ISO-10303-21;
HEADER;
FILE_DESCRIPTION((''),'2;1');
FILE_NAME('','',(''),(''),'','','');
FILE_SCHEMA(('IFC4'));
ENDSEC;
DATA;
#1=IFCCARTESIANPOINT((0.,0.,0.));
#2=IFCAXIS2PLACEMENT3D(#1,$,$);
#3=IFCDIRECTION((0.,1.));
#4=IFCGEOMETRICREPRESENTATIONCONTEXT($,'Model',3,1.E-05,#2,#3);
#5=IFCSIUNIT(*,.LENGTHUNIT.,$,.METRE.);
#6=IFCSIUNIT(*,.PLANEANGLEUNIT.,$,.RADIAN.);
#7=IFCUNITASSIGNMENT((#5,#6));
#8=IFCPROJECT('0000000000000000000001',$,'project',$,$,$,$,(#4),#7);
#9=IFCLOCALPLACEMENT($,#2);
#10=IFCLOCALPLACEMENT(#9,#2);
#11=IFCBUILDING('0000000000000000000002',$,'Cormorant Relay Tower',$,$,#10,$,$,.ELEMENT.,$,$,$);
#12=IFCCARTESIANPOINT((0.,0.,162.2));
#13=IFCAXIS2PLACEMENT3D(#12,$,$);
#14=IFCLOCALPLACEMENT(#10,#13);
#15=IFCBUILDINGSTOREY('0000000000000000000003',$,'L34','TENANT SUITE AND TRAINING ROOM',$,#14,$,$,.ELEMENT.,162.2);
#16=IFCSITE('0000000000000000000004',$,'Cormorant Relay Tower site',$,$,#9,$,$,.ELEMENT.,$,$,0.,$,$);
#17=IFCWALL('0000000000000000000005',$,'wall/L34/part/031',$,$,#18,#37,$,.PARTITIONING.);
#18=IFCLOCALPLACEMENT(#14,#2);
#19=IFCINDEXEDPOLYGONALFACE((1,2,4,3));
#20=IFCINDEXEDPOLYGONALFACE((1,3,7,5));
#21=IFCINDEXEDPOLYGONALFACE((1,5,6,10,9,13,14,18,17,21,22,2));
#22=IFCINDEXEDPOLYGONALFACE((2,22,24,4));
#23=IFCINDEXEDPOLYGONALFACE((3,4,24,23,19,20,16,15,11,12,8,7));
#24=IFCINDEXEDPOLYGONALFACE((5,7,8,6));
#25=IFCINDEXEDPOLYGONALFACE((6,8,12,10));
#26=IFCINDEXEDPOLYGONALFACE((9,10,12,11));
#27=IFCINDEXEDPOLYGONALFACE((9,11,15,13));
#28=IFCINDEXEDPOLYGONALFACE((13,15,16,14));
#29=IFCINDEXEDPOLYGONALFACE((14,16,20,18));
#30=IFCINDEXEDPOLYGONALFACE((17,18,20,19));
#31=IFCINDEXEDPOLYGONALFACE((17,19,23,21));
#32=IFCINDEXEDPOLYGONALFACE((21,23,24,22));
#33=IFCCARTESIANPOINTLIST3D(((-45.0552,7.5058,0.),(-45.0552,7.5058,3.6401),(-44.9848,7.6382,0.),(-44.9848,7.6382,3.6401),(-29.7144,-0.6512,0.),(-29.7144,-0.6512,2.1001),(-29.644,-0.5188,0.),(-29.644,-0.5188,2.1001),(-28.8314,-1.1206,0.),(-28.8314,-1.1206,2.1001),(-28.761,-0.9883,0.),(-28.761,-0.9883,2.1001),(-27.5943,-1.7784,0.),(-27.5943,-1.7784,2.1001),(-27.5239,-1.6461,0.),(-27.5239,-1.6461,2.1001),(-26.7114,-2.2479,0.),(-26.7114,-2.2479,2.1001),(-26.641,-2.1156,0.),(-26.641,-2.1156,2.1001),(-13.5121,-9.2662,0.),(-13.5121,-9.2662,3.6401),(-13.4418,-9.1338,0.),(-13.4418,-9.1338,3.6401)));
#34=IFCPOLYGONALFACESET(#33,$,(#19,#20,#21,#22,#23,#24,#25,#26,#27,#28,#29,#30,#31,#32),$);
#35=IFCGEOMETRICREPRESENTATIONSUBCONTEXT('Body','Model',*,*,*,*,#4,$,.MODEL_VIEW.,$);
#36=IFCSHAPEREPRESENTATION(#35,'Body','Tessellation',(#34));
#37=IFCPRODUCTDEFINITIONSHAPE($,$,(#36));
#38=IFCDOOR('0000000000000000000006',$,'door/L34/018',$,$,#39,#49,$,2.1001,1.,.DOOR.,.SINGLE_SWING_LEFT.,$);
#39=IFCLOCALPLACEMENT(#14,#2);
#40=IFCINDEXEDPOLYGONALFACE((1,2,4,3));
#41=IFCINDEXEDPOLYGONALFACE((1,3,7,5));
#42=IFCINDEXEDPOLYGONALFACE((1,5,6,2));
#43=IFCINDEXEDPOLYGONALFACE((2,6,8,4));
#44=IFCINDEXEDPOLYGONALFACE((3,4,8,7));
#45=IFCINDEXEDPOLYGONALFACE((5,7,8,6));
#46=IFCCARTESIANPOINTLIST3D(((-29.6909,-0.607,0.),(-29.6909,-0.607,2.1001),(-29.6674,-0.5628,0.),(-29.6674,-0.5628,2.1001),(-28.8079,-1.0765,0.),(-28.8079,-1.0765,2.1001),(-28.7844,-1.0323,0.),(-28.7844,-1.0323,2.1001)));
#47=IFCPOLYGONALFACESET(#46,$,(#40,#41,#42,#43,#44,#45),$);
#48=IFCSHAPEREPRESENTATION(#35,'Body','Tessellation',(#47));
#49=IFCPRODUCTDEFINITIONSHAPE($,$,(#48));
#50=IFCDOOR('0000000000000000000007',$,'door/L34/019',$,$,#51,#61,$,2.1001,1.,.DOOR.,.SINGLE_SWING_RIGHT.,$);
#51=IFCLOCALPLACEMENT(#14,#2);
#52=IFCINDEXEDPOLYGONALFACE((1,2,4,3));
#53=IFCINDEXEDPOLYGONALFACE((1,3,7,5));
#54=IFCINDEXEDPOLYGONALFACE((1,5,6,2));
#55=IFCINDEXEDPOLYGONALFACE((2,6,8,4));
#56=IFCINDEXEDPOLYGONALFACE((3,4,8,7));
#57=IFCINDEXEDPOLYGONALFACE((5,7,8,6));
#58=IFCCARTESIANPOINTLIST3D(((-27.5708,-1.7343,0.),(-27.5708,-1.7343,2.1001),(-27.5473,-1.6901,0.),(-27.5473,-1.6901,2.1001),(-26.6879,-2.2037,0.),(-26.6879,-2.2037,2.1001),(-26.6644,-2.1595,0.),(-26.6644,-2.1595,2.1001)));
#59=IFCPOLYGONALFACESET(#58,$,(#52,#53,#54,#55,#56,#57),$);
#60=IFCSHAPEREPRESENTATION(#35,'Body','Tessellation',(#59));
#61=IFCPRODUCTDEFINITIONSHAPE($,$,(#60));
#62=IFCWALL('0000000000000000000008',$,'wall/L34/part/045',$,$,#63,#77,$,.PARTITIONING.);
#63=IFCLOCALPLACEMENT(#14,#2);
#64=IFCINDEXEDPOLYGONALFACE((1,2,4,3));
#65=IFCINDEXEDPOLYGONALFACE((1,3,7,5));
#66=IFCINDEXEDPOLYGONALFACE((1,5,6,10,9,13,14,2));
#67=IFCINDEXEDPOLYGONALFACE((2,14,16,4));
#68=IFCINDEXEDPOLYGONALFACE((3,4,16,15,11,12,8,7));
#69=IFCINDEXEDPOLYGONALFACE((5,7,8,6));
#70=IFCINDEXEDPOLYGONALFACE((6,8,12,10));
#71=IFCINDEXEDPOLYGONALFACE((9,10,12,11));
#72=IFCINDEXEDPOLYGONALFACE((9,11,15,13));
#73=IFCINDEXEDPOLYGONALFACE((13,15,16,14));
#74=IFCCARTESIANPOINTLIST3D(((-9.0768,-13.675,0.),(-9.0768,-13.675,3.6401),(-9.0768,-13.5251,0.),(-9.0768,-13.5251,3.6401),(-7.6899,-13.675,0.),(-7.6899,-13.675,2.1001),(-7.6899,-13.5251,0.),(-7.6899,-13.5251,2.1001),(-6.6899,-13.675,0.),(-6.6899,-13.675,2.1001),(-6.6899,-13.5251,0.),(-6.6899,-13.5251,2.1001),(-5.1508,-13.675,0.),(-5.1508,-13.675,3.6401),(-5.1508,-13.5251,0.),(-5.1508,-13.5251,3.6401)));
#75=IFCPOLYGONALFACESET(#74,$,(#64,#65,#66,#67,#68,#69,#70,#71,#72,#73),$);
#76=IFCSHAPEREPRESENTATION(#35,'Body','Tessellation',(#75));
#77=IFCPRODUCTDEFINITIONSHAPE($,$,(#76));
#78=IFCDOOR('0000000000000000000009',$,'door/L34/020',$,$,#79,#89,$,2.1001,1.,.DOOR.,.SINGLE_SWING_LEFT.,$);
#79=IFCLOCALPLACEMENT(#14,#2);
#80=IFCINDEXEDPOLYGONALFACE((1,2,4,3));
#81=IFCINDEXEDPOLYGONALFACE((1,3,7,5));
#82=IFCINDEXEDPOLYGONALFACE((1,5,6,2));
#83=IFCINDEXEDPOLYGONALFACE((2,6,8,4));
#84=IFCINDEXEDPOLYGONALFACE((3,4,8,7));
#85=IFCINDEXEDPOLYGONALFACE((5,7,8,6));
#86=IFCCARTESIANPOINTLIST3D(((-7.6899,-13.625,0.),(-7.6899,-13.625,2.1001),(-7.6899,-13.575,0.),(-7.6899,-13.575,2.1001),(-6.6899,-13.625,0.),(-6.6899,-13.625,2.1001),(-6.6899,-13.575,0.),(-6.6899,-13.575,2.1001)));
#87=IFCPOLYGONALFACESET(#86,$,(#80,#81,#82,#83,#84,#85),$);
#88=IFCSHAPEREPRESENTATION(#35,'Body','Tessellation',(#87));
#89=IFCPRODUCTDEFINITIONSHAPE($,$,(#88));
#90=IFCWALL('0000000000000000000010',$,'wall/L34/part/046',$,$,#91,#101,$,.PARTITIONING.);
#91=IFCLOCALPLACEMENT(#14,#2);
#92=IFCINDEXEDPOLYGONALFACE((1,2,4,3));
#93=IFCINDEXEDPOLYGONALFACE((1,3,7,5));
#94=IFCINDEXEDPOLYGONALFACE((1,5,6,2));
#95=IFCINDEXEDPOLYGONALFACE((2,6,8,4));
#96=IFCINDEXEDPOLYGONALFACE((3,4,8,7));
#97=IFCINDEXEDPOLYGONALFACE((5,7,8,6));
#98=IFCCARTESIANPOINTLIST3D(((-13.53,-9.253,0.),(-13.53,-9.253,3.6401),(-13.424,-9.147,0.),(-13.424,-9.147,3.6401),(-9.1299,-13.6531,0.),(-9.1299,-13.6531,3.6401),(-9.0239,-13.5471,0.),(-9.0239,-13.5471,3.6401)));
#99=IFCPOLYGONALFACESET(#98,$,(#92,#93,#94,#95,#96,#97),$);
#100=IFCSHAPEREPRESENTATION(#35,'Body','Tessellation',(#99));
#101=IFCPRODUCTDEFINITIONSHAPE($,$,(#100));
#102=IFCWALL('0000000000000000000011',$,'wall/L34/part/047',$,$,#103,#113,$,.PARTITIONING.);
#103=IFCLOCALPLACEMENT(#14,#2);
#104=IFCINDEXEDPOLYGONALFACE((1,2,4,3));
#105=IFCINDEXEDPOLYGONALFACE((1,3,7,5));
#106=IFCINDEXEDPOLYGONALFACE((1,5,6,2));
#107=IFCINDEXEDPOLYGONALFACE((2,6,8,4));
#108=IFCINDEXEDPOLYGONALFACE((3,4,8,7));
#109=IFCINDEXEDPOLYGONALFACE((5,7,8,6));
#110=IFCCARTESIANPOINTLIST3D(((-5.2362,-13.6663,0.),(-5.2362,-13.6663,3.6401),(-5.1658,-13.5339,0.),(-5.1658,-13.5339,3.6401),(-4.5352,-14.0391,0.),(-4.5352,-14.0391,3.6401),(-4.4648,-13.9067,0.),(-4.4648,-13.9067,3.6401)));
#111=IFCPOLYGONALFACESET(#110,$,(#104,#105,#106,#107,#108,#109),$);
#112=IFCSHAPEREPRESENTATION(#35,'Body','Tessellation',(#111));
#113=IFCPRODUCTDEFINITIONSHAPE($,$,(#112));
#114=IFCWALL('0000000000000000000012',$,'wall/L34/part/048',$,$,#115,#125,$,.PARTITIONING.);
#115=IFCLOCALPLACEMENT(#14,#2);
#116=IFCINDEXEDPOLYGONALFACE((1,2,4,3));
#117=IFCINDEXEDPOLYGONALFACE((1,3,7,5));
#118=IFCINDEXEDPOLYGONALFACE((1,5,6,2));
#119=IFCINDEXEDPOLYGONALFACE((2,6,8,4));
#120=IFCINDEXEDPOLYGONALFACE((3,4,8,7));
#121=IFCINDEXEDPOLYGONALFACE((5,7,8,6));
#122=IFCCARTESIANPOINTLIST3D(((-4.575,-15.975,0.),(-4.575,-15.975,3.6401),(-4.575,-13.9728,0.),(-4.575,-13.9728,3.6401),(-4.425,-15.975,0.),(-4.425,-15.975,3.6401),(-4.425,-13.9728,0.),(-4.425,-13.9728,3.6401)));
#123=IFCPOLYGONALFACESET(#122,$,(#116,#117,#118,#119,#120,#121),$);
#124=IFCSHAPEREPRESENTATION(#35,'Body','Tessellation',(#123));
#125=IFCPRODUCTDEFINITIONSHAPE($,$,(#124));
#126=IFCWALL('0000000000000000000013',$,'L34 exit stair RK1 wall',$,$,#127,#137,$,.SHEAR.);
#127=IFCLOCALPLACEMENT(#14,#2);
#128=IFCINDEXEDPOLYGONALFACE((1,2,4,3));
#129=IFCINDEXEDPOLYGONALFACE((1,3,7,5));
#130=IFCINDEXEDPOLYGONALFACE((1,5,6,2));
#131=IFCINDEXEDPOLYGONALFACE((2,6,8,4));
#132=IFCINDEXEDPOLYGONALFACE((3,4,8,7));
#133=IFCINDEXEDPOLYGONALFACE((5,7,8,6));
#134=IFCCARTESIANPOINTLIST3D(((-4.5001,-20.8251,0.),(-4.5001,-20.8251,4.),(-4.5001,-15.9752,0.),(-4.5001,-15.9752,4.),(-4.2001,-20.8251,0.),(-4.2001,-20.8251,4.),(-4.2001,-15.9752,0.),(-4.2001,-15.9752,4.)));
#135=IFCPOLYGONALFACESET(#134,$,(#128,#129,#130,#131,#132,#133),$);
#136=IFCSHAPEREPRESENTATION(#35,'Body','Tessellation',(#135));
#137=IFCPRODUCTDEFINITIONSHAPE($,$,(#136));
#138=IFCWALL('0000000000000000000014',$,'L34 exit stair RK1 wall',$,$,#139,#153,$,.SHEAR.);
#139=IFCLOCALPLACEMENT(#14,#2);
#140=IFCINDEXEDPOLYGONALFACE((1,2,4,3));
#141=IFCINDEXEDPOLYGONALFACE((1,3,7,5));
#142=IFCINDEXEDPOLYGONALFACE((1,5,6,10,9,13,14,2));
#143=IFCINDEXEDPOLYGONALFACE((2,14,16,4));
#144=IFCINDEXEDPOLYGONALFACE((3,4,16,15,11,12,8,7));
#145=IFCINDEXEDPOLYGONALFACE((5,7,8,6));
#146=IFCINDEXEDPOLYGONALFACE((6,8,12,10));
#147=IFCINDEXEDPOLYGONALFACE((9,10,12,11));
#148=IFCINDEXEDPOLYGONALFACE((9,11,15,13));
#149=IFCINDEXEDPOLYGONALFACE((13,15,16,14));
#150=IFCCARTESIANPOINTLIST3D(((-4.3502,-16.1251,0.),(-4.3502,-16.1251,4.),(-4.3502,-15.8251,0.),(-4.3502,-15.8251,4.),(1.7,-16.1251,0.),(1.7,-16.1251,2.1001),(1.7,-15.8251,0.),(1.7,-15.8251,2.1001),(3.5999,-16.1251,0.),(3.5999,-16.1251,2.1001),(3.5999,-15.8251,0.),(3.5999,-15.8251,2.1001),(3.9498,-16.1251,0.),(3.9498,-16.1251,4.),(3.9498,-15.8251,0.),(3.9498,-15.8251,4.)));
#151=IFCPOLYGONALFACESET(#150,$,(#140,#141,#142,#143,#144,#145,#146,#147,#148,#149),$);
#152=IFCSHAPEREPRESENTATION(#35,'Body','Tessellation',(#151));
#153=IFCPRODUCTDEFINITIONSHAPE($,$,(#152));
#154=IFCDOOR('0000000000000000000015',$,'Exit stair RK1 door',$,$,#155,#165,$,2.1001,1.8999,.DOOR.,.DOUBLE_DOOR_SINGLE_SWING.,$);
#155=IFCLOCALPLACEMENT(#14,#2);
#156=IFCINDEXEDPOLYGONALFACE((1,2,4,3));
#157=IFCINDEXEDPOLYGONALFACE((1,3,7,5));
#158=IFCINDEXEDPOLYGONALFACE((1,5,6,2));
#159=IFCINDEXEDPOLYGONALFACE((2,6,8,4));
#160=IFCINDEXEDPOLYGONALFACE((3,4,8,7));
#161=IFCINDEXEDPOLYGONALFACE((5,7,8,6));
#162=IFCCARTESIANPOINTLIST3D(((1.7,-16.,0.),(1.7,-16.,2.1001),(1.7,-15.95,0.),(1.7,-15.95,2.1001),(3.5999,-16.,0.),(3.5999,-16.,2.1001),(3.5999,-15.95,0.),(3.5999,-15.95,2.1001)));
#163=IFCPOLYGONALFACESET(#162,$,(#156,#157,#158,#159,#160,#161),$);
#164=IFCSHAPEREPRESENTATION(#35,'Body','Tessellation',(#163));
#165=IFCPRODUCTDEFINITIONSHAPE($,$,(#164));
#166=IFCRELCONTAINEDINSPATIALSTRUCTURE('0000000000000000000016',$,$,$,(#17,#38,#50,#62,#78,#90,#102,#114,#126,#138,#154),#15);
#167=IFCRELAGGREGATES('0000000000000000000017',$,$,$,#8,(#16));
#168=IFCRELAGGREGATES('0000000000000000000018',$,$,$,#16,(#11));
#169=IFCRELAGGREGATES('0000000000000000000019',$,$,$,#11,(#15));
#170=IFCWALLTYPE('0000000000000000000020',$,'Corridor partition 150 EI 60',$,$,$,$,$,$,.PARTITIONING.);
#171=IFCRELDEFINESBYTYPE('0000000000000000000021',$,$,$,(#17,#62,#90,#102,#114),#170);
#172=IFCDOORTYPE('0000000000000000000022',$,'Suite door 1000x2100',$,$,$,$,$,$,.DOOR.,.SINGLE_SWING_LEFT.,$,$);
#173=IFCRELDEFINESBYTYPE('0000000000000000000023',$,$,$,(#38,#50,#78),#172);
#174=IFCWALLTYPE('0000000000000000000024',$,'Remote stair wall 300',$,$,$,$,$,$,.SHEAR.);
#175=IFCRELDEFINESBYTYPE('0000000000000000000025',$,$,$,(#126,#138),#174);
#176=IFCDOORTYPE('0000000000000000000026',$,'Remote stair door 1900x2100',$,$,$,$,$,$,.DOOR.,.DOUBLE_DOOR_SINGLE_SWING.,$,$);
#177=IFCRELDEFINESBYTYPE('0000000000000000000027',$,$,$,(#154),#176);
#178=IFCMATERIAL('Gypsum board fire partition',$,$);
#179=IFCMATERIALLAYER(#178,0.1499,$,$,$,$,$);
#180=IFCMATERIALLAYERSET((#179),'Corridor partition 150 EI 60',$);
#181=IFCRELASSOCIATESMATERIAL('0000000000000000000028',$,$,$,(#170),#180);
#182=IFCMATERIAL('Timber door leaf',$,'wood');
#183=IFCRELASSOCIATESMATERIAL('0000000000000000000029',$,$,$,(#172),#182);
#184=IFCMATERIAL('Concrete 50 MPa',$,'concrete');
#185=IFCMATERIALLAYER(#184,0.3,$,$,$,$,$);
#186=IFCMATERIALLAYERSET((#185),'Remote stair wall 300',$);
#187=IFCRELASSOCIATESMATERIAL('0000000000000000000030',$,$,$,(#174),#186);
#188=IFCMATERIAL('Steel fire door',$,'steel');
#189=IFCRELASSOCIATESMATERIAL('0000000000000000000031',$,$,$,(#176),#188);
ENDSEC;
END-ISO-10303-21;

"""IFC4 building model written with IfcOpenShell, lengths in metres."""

from ifc_helpers import new_model, si_unit, direction, frame, frame_2d, origin, place, context, subcontext, project, spatial, rectangle, extrude, material, layer, layer_set, type_object, element, fill, save


model = new_model("IFC4")

# Units and contexts
model_context = context("Model", 3, precision=1e-05, world=origin(), true_north=direction((0.0, 1.0)))
body_context = subcontext(model_context, "Body", "Model", "MODEL_VIEW")
ifc_project = project(units=[si_unit("LENGTHUNIT", "METRE"), si_unit("PLANEANGLEUNIT", "RADIAN")], contexts=[model_context])

# Site, building, storey
site_placement = place(None, origin())
site = spatial("IfcSite", under=ifc_project, at=site_placement, Name="Cormorant Relay Tower site", CompositionType="ELEMENT", RefElevation=0.0)
building_placement = place(site_placement, origin())
building = spatial("IfcBuilding", under=site, at=building_placement, Name="Cormorant Relay Tower", CompositionType="ELEMENT")
storey_placement = place(building_placement, frame((0.0, 0.0, 162.2)))
storey = spatial("IfcBuildingStorey", under=building, at=storey_placement, Name="L34", Description="TENANT SUITE AND TRAINING ROOM", CompositionType="ELEMENT", Elevation=162.2)

# Wall, openings, doors
ifc_material_1 = material(Name="Gypsum board fire partition")
ifc_layer_1 = layer(ifc_material_1, 0.1499)
ifc_layer_set_1 = layer_set([ifc_layer_1], Name="Corridor partition 150 EI 60")
wall_type_1 = type_object("IfcWallType", Name="Corridor partition 150 EI 60", PredefinedType="PARTITIONING", material=ifc_layer_set_1)
wall_1_placement = place(storey_placement, frame((-13.4771, -9.2, 0.0), z_axis=(0.0, 0.0, 1.0), x_axis=(-0.882944, 0.469478, 0.0)))
wall_1 = element("IfcWall", 1, at=wall_1_placement, inside=storey, type_object=wall_type_1, Name="wall/L34/part/031", PredefinedType="PARTITIONING", context=body_context, shape_type="SweptSolid", body=[
    extrude(rectangle(XDim=35.7249, YDim=0.1499, at=frame_2d((17.8623, 0.0))), origin(), (0.0, 0.0, 1.0), 3.6401),
])
opening_1_placement = place(wall_1_placement, frame((17.3501, 0.0, 0.0)))
opening_1 = element("IfcOpeningElement", 2, at=opening_1_placement, cuts=wall_1, PredefinedType="OPENING", context=body_context, shape_type="SweptSolid", body=[
    extrude(rectangle(XDim=1.0, YDim=2.1001, at=frame_2d((0.5, 1.05))), frame((0.0, 0.085, 0.0), z_axis=(0.0, -1.0, 0.0), x_axis=(1.0, 0.0, 0.0)), (0.0, 0.0, 1.0), 0.1699),
])
opening_2_placement = place(wall_1_placement, frame((14.949, 0.0, 0.0)))
opening_2 = element("IfcOpeningElement", 3, at=opening_2_placement, cuts=wall_1, PredefinedType="OPENING", context=body_context, shape_type="SweptSolid", body=[
    extrude(rectangle(XDim=1.0, YDim=2.1001, at=frame_2d((0.5, 1.05))), frame((0.0, 0.085, 0.0), z_axis=(0.0, -1.0, 0.0), x_axis=(1.0, 0.0, 0.0)), (0.0, 0.0, 1.0), 0.1699),
])
ifc_material_2 = material(Name="Timber door leaf", Category="wood")
door_type_1 = type_object("IfcDoorType", Name="Suite door 1000x2100", OperationType="SINGLE_SWING_LEFT", PredefinedType="DOOR", material=ifc_material_2)
door_1_placement = place(opening_1_placement, origin())
door_1 = element("IfcDoor", 4, at=door_1_placement, inside=storey, type_object=door_type_1, Name="door/L34/018", OperationType="SINGLE_SWING_LEFT", OverallHeight=2.1001, OverallWidth=1.0, PredefinedType="DOOR", context=body_context, shape_type="SweptSolid", body=[
    extrude(rectangle(XDim=1.0, YDim=2.1001, at=frame_2d((0.5, 1.05))), frame((0.0, 0.0249, 0.0), z_axis=(0.0, -1.0, 0.0), x_axis=(1.0, 0.0, 0.0)), (0.0, 0.0, 1.0), 0.05),
])
fill(opening_1, door_1)
door_2_placement = place(opening_2_placement, origin())
door_2 = element("IfcDoor", 5, at=door_2_placement, inside=storey, type_object=door_type_1, Name="door/L34/019", OperationType="SINGLE_SWING_RIGHT", OverallHeight=2.1001, OverallWidth=1.0, PredefinedType="DOOR", context=body_context, shape_type="SweptSolid", body=[
    extrude(rectangle(XDim=1.0, YDim=2.1001, at=frame_2d((0.5, 1.05))), frame((0.0, 0.0249, 0.0), z_axis=(0.0, -1.0, 0.0), x_axis=(1.0, 0.0, 0.0)), (0.0, 0.0, 1.0), 0.05),
])
fill(opening_2, door_2)

# Wall, opening, door
wall_2_placement = place(storey_placement, frame((-5.1509, -13.6001, 0.0), z_axis=(0.0, 0.0, 1.0), x_axis=(-1.0, 0.0, 0.0)))
wall_2 = element("IfcWall", 6, at=wall_2_placement, inside=storey, type_object=wall_type_1, Name="wall/L34/part/045", PredefinedType="PARTITIONING", context=body_context, shape_type="SweptSolid", body=[
    extrude(rectangle(XDim=3.926, YDim=0.1499, at=frame_2d((1.9629, 0.0))), origin(), (0.0, 0.0, 1.0), 3.6401),
])
opening_3_placement = place(wall_2_placement, frame((1.5391, 0.0, 0.0)))
opening_3 = element("IfcOpeningElement", 7, at=opening_3_placement, cuts=wall_2, PredefinedType="OPENING", context=body_context, shape_type="SweptSolid", body=[
    extrude(rectangle(XDim=1.0, YDim=2.1001, at=frame_2d((0.5, 1.05))), frame((0.0, 0.085, 0.0), z_axis=(0.0, -1.0, 0.0), x_axis=(1.0, 0.0, 0.0)), (0.0, 0.0, 1.0), 0.1699),
])
door_3_placement = place(opening_3_placement, origin())
door_3 = element("IfcDoor", 8, at=door_3_placement, inside=storey, type_object=door_type_1, Name="door/L34/020", OperationType="SINGLE_SWING_LEFT", OverallHeight=2.1001, OverallWidth=1.0, PredefinedType="DOOR", context=body_context, shape_type="SweptSolid", body=[
    extrude(rectangle(XDim=1.0, YDim=2.1001, at=frame_2d((0.5, 1.05))), frame((0.0, 0.0249, 0.0), z_axis=(0.0, -1.0, 0.0), x_axis=(1.0, 0.0, 0.0)), (0.0, 0.0, 1.0), 0.05),
])
fill(opening_3, door_3)

# Walls
wall_3_placement = place(storey_placement, frame((-9.0769, -13.6001, 0.0), z_axis=(0.0, 0.0, 1.0), x_axis=(-0.707107, 0.707107, 0.0)))
element("IfcWall", 9, at=wall_3_placement, inside=storey, type_object=wall_type_1, Name="wall/L34/part/046", PredefinedType="PARTITIONING", context=body_context, shape_type="SweptSolid", body=[
    extrude(rectangle(XDim=6.2227, YDim=0.1499, at=frame_2d((3.1113, 0.0))), origin(), (0.0, 0.0, 1.0), 3.6401),
])
wall_4_placement = place(storey_placement, frame((-4.5, -13.9729, 0.0), z_axis=(0.0, 0.0, 1.0), x_axis=(-0.882889, 0.469582, 0.0)))
element("IfcWall", 10, at=wall_4_placement, inside=storey, type_object=wall_type_1, Name="wall/L34/part/047", PredefinedType="PARTITIONING", context=body_context, shape_type="SweptSolid", body=[
    extrude(rectangle(XDim=0.7939, YDim=0.1499, at=frame_2d((0.397, 0.0))), origin(), (0.0, 0.0, 1.0), 3.6401),
])
wall_5_placement = place(storey_placement, frame((-4.5, -13.9729, 0.0), z_axis=(0.0, 0.0, 1.0), x_axis=(0.0, -1.0, 0.0)))
element("IfcWall", 11, at=wall_5_placement, inside=storey, type_object=wall_type_1, Name="wall/L34/part/048", PredefinedType="PARTITIONING", context=body_context, shape_type="SweptSolid", body=[
    extrude(rectangle(XDim=2.0022, YDim=0.1499, at=frame_2d((1.001, 0.0))), origin(), (0.0, 0.0, 1.0), 3.6401),
])
ifc_material_3 = material(Name="Concrete 50 MPa", Category="concrete")
ifc_layer_2 = layer(ifc_material_3, 0.3)
ifc_layer_set_2 = layer_set([ifc_layer_2], Name="Remote stair wall 300")
wall_type_2 = type_object("IfcWallType", Name="Remote stair wall 300", PredefinedType="SHEAR", material=ifc_layer_set_2)
wall_6_placement = place(storey_placement, frame((-4.3501, -20.825, 0.0), z_axis=(0.0, 0.0, 1.0), x_axis=(0.0, 1.0, 0.0)))
element("IfcWall", 12, at=wall_6_placement, inside=storey, type_object=wall_type_2, Name="L34 exit stair RK1 wall", PredefinedType="SHEAR", context=body_context, shape_type="SweptSolid", body=[
    extrude(rectangle(XDim=4.8499, YDim=0.3, at=frame_2d((2.4248, 0.0))), origin(), (0.0, 0.0, 1.0), 4.0),
])

# Wall, opening, door
wall_7_placement = place(storey_placement, frame((-4.3501, -15.9751, 0.0), z_axis=(0.0, 0.0, 1.0), x_axis=(1.0, 0.0, 0.0)))
wall_7 = element("IfcWall", 13, at=wall_7_placement, inside=storey, type_object=wall_type_2, Name="L34 exit stair RK1 wall", PredefinedType="SHEAR", context=body_context, shape_type="SweptSolid", body=[
    extrude(rectangle(XDim=8.3, YDim=0.3, at=frame_2d((4.1499, 0.0))), origin(), (0.0, 0.0, 1.0), 4.0),
])
opening_4_placement = place(wall_7_placement, frame((6.05, 0.0, 0.0)))
opening_4 = element("IfcOpeningElement", 14, at=opening_4_placement, cuts=wall_7, PredefinedType="OPENING", context=body_context, shape_type="SweptSolid", body=[
    extrude(rectangle(XDim=1.8999, YDim=2.1001, at=frame_2d((0.95, 1.05))), frame((0.0, 0.1599, 0.0), z_axis=(0.0, -1.0, 0.0), x_axis=(1.0, 0.0, 0.0)), (0.0, 0.0, 1.0), 0.3201),
])
ifc_material_4 = material(Name="Steel fire door", Category="steel")
door_type_2 = type_object("IfcDoorType", Name="Remote stair door 1900x2100", OperationType="DOUBLE_DOOR_SINGLE_SWING", PredefinedType="DOOR", material=ifc_material_4)
door_4_placement = place(opening_4_placement, frame((1.8999, 0.0, 0.0), z_axis=(0.0, 0.0, 1.0), x_axis=(-1.0, 0.0, 0.0)))
door_4 = element("IfcDoor", 15, at=door_4_placement, inside=storey, type_object=door_type_2, Name="Exit stair RK1 door", OperationType="DOUBLE_DOOR_SINGLE_SWING", OverallHeight=2.1001, OverallWidth=1.8999, PredefinedType="DOOR", context=body_context, shape_type="SweptSolid", body=[
    extrude(rectangle(XDim=1.8999, YDim=2.1001, at=frame_2d((0.95, 1.05))), frame((0.0, 0.0249, 0.0), z_axis=(0.0, -1.0, 0.0), x_axis=(1.0, 0.0, 0.0)), (0.0, 0.0, 1.0), 0.05),
])
fill(opening_4, door_4)

save(model, "model.ifc")
